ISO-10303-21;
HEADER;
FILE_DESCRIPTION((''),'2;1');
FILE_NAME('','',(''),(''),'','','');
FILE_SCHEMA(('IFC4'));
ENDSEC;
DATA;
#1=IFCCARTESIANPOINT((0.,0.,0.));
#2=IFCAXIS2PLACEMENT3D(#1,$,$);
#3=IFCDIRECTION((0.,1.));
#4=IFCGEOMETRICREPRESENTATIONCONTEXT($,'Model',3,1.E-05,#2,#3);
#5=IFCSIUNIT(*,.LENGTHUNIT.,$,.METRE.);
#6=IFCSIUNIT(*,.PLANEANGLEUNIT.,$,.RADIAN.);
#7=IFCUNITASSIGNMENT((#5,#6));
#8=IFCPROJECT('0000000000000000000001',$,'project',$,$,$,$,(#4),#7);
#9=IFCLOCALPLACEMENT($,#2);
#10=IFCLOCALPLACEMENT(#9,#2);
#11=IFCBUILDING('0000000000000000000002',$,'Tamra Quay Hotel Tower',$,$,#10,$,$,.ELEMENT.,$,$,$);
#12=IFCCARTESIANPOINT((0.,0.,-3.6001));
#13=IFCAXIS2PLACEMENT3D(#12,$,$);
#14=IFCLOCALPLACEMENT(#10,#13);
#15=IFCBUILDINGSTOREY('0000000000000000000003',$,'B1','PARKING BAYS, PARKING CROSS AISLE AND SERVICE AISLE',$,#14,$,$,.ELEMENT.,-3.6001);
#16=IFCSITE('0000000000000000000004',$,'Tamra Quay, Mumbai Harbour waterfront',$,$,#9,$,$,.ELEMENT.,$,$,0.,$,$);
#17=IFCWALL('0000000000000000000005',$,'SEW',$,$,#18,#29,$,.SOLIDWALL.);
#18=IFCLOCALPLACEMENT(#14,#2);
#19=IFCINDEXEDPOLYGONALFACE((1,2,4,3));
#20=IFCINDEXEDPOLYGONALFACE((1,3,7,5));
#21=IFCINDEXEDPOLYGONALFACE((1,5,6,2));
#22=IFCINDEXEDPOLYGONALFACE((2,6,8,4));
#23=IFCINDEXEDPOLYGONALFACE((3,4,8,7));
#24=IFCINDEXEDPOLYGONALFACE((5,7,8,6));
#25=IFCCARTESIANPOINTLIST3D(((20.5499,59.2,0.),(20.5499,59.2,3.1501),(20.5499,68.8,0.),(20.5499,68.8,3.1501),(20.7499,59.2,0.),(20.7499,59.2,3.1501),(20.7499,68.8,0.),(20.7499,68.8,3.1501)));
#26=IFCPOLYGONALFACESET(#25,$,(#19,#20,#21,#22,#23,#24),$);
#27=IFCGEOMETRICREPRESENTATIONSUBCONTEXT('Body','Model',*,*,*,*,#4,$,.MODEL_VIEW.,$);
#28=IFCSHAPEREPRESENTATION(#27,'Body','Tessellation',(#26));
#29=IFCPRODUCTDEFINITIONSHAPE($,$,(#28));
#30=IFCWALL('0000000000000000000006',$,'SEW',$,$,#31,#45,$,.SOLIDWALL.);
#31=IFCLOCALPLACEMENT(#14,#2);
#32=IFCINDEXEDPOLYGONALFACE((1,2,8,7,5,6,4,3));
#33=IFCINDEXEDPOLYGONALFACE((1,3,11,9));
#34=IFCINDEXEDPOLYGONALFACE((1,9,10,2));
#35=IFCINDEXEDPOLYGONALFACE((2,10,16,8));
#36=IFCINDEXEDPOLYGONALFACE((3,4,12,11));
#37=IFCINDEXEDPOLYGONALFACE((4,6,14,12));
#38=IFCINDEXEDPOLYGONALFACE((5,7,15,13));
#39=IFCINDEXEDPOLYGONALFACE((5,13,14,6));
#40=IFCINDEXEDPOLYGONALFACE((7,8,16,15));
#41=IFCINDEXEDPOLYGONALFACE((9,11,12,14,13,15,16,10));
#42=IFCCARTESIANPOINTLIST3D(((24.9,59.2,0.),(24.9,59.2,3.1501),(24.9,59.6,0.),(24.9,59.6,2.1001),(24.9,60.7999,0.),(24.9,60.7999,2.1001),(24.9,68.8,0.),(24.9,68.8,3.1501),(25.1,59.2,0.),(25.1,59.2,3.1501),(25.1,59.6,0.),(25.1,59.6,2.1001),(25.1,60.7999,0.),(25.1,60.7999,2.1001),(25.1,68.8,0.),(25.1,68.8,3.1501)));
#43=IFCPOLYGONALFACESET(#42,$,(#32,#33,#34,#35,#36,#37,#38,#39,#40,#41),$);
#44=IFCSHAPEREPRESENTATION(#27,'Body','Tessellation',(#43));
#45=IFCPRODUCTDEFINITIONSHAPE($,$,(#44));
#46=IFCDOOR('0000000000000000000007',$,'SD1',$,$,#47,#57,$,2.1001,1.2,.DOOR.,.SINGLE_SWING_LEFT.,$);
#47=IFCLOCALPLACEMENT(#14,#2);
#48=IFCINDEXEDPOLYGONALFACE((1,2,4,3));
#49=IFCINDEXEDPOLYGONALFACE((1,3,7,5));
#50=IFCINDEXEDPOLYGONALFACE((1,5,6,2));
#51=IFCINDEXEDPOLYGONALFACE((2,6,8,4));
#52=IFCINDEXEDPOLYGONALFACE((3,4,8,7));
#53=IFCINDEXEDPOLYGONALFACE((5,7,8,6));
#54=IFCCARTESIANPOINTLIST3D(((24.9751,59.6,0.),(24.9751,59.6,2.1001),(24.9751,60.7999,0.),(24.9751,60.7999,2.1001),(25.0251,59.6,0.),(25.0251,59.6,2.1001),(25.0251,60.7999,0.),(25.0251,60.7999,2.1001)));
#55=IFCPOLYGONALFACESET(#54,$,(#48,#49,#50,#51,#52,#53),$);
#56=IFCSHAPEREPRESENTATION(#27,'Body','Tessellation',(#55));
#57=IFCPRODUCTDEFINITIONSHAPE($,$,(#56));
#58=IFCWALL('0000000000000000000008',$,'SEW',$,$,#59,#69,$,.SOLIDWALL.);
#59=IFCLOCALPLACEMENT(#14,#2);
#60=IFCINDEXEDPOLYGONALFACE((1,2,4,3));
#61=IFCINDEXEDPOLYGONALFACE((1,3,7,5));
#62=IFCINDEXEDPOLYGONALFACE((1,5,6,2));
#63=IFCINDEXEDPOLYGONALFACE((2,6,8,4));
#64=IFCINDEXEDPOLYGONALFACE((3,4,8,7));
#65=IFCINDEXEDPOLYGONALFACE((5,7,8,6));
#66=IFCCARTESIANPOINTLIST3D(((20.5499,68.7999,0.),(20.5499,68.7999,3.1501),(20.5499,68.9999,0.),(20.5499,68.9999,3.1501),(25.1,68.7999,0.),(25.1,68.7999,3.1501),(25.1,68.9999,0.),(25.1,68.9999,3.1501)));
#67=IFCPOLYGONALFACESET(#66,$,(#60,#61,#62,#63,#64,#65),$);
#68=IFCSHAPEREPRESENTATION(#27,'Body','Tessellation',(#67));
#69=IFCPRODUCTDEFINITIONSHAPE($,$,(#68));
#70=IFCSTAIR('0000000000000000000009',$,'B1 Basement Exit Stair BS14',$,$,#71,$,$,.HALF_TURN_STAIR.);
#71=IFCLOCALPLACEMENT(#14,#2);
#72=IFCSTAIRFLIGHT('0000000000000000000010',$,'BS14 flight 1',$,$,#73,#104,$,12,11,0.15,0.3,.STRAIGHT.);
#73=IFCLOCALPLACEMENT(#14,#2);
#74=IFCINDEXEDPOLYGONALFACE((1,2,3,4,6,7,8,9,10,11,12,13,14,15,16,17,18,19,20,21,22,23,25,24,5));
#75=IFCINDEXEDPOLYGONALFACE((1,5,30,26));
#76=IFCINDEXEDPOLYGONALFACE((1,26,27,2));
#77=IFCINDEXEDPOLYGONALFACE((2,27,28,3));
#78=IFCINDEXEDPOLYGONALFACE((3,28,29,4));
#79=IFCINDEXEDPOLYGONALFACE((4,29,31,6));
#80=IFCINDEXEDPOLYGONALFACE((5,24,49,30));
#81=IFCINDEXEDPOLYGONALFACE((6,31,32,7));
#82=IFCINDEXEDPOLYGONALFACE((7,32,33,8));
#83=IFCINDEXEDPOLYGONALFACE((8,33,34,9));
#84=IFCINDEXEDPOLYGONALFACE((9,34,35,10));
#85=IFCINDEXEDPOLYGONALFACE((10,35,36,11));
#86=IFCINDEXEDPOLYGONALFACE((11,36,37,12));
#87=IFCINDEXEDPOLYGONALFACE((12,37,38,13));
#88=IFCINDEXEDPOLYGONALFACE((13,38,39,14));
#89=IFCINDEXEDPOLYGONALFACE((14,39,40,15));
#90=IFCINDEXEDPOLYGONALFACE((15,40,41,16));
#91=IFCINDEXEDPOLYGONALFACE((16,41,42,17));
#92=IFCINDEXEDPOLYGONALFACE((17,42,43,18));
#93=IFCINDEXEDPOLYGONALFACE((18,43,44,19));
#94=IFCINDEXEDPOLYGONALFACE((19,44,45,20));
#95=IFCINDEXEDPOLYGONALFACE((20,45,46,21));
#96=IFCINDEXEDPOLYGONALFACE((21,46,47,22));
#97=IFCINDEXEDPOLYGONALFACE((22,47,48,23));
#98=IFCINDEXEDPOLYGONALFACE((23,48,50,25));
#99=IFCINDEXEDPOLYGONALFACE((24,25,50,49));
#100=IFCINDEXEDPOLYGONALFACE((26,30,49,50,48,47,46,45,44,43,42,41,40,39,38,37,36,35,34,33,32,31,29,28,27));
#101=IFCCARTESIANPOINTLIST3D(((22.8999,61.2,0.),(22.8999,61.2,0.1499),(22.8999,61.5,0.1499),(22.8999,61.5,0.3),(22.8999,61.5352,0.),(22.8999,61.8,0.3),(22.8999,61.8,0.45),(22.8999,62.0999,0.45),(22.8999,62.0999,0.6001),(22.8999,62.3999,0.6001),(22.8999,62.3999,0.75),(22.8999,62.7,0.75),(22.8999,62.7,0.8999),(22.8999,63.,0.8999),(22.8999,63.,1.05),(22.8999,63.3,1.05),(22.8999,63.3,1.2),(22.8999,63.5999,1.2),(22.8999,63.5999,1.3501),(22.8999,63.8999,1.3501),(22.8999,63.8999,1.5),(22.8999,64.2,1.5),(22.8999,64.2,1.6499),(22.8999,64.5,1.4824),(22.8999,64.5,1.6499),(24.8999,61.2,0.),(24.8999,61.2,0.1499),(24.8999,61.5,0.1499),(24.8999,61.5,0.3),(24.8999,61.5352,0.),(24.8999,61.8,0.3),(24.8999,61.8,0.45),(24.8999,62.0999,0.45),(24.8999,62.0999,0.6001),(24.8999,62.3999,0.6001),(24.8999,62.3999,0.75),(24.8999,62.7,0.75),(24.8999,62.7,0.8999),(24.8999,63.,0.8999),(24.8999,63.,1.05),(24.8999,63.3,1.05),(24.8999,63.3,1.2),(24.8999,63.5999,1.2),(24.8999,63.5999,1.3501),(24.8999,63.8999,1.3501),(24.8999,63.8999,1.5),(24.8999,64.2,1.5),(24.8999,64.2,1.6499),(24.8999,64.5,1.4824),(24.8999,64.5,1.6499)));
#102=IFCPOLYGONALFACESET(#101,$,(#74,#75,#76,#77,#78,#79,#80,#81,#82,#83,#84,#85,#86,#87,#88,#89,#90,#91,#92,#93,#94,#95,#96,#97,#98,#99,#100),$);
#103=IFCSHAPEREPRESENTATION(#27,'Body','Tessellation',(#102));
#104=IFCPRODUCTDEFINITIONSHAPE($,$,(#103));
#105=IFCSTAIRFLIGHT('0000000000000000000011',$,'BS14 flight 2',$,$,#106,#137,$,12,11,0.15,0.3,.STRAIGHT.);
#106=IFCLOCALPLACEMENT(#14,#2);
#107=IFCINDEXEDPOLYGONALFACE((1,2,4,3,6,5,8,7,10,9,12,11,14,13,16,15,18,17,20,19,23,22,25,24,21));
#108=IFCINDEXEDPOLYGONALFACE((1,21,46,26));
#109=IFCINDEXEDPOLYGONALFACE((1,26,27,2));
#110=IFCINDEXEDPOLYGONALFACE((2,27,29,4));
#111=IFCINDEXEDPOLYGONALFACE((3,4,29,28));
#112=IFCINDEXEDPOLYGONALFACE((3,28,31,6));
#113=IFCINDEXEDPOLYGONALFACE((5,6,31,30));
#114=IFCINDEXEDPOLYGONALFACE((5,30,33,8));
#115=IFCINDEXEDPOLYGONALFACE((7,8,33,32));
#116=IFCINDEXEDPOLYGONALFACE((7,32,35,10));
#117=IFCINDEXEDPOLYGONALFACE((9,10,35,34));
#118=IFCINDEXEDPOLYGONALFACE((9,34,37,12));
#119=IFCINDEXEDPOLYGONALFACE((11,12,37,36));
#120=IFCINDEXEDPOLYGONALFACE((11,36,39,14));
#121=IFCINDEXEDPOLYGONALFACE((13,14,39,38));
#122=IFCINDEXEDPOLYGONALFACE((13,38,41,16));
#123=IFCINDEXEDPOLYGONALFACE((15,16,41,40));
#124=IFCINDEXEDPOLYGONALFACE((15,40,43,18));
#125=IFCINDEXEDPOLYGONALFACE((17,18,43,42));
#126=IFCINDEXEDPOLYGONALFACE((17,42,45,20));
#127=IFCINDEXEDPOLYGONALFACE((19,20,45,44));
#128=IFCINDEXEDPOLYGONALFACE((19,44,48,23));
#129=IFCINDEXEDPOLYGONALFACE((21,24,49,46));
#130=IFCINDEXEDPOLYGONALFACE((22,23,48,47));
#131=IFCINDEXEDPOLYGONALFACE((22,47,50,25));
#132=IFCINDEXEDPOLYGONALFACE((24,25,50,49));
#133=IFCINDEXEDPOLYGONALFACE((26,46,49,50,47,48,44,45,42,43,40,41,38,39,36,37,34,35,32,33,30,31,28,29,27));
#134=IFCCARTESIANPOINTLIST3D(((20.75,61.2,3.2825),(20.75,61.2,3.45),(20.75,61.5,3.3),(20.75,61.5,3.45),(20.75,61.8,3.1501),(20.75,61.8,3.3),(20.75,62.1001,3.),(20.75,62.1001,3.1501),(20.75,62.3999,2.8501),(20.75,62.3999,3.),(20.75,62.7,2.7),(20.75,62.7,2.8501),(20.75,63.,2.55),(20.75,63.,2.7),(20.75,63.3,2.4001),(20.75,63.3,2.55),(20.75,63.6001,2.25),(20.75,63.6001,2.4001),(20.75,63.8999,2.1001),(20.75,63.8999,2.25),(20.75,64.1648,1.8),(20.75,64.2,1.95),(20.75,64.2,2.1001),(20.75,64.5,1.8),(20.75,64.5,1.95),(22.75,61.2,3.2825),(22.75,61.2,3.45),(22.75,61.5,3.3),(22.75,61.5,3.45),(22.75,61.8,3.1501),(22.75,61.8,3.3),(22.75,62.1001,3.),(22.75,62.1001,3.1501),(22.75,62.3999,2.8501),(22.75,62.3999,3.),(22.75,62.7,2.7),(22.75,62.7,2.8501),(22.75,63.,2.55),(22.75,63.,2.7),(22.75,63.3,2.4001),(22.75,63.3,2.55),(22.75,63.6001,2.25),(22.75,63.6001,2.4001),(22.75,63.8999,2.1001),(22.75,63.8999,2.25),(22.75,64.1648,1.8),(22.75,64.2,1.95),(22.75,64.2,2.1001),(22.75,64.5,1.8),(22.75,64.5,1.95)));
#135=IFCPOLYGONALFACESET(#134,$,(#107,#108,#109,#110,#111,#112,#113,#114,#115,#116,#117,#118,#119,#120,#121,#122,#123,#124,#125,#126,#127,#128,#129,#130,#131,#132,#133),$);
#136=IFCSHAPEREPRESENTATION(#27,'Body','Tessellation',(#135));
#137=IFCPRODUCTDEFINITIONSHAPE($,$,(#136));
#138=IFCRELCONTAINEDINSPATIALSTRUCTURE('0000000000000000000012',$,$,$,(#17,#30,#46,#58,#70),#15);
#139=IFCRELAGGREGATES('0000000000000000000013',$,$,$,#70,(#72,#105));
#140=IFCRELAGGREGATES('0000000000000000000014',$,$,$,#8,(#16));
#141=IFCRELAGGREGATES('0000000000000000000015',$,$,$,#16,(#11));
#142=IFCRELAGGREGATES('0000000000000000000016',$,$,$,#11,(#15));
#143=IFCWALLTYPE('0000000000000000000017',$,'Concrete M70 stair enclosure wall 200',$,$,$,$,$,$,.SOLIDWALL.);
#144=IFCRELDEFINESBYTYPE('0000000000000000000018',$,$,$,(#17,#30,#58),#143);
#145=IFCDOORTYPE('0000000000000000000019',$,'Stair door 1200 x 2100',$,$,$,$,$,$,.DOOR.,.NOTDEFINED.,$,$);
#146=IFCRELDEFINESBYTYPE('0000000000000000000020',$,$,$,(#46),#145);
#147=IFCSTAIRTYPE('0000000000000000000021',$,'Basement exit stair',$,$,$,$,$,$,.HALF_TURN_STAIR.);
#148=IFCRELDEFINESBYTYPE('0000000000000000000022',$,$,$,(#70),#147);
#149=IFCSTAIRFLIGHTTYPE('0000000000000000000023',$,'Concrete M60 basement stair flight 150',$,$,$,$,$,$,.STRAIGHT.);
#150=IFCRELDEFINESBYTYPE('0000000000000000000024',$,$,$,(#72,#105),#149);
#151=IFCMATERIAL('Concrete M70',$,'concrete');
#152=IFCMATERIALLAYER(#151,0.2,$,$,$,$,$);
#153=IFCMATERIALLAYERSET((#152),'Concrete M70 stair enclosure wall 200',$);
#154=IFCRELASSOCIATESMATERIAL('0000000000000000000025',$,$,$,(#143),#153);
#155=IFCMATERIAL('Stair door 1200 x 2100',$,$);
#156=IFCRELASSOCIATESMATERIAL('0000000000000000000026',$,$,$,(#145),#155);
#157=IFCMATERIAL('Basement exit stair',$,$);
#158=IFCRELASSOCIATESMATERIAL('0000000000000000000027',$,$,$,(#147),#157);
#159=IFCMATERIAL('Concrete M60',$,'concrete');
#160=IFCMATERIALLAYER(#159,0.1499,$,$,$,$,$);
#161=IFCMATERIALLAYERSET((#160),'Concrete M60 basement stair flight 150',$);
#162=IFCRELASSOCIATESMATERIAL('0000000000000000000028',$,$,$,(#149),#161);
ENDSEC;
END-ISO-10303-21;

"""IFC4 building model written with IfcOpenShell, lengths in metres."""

from ifc_helpers import new_model, si_unit, direction, frame, frame_2d, origin, place, context, subcontext, project, spatial, polyline, rectangle, outline, extrude, material, layer, layer_set, type_object, element, fill, aggregate, save


model = new_model("IFC4")

# Units and contexts
model_context = context("Model", 3, precision=1e-05, world=origin(), true_north=direction((0.0, 1.0)))
body_context = subcontext(model_context, "Body", "Model", "MODEL_VIEW")
ifc_project = project(units=[si_unit("LENGTHUNIT", "METRE"), si_unit("PLANEANGLEUNIT", "RADIAN")], contexts=[model_context])

# Site, building, storey
site_placement = place(None, origin())
site = spatial("IfcSite", under=ifc_project, at=site_placement, Name="Tamra Quay, Mumbai Harbour waterfront", CompositionType="ELEMENT", RefElevation=0.0)
building_placement = place(site_placement, origin())
building = spatial("IfcBuilding", under=site, at=building_placement, Name="Tamra Quay Hotel Tower", CompositionType="ELEMENT")
storey_placement = place(building_placement, frame((0.0, 0.0, -3.6001)))
storey = spatial("IfcBuildingStorey", under=building, at=storey_placement, Name="B1", Description="PARKING BAYS, PARKING CROSS AISLE AND SERVICE AISLE", CompositionType="ELEMENT", Elevation=-3.6001)

# Shared definitions
ifc_material_1 = material(Name="Concrete M70", Category="concrete")

# Wall
ifc_layer_1 = layer(ifc_material_1, 0.2)
ifc_layer_set_1 = layer_set([ifc_layer_1], Name="Concrete M70 stair enclosure wall 200")
wall_type_1 = type_object("IfcWallType", Name="Concrete M70 stair enclosure wall 200", PredefinedType="SOLIDWALL", material=ifc_layer_set_1)
wall_1_placement = place(storey_placement, frame((20.6499, 59.2, 0.0), z_axis=(0.0, 0.0, 1.0), x_axis=(0.0, 1.0, 0.0)))
element("IfcWall", 1, at=wall_1_placement, inside=storey, type_object=wall_type_1, Name="SEW", PredefinedType="SOLIDWALL", context=body_context, shape_type="SweptSolid", body=[
    extrude(rectangle(XDim=9.6001, YDim=0.2, at=frame_2d((4.8, 0.0))), origin(), (0.0, 0.0, 1.0), 3.1501),
])

# Wall, opening, door
wall_2_placement = place(storey_placement, frame((25.0, 59.2, 0.0), z_axis=(0.0, 0.0, 1.0), x_axis=(0.0, 1.0, 0.0)))
wall_2 = element("IfcWall", 2, at=wall_2_placement, inside=storey, type_object=wall_type_1, Name="SEW", PredefinedType="SOLIDWALL", context=body_context, shape_type="SweptSolid", body=[
    extrude(rectangle(XDim=9.6001, YDim=0.2, at=frame_2d((4.8, 0.0))), origin(), (0.0, 0.0, 1.0), 3.1501),
])
opening_1_placement = place(wall_2_placement, frame((0.3999, 0.0, 0.0)))
opening_1 = element("IfcOpeningElement", 3, at=opening_1_placement, cuts=wall_2, PredefinedType="OPENING", context=body_context, shape_type="SweptSolid", body=[
    extrude(rectangle(XDim=1.2, YDim=2.1001, at=frame_2d((0.6001, 1.05))), frame((0.0, 0.1099, 0.0), z_axis=(0.0, -1.0, 0.0), x_axis=(1.0, 0.0, 0.0)), (0.0, 0.0, 1.0), 0.22),
])
ifc_material_2 = material(Name="Stair door 1200 x 2100")
door_type_1 = type_object("IfcDoorType", Name="Stair door 1200 x 2100", OperationType="NOTDEFINED", PredefinedType="DOOR", material=ifc_material_2)
door_1_placement = place(opening_1_placement, origin())
door_1 = element("IfcDoor", 4, at=door_1_placement, inside=storey, type_object=door_type_1, Name="SD1", OperationType="SINGLE_SWING_LEFT", OverallHeight=2.1001, OverallWidth=1.2, PredefinedType="DOOR", context=body_context, shape_type="SweptSolid", body=[
    extrude(rectangle(XDim=1.2, YDim=2.1001, at=frame_2d((0.6001, 1.05))), frame((0.0, 0.0249, 0.0), z_axis=(0.0, -1.0, 0.0), x_axis=(1.0, 0.0, 0.0)), (0.0, 0.0, 1.0), 0.05),
])
fill(opening_1, door_1)

# Wall
wall_3_placement = place(storey_placement, frame((20.55, 68.8999, 0.0), z_axis=(0.0, 0.0, 1.0), x_axis=(1.0, 0.0, 0.0)))
element("IfcWall", 5, at=wall_3_placement, inside=storey, type_object=wall_type_1, Name="SEW", PredefinedType="SOLIDWALL", context=body_context, shape_type="SweptSolid", body=[
    extrude(rectangle(XDim=4.55, YDim=0.2, at=frame_2d((2.2749, 0.0))), origin(), (0.0, 0.0, 1.0), 3.1501),
])

# Stair, stair flights
ifc_material_3 = material(Name="Basement exit stair")
stair_type = type_object("IfcStairType", Name="Basement exit stair", PredefinedType="HALF_TURN_STAIR", material=ifc_material_3)
stair_placement = place(storey_placement, origin())
stair = element("IfcStair", 6, at=stair_placement, inside=storey, type_object=stair_type, Name="B1 Basement Exit Stair BS14", PredefinedType="HALF_TURN_STAIR")
ifc_material_4 = material(Name="Concrete M60", Category="concrete")
ifc_layer_2 = layer(ifc_material_4, 0.1499)
ifc_layer_set_2 = layer_set([ifc_layer_2], Name="Concrete M60 basement stair flight 150")
stair_flight_type = type_object("IfcStairFlightType", Name="Concrete M60 basement stair flight 150", PredefinedType="STRAIGHT", material=ifc_layer_set_2)
stair_flight_1_placement = place(storey_placement, frame((23.8999, 61.2, 0.0), z_axis=(0.0, 0.0, 1.0), x_axis=(0.0, 1.0, 0.0)))
stair_flight_1 = element("IfcStairFlight", 7, at=stair_flight_1_placement, type_object=stair_flight_type, Name="BS14 flight 1", NumberOfRisers=12, NumberOfTreads=11, PredefinedType="STRAIGHT", RiserHeight=0.15, TreadLength=0.3, context=body_context, shape_type="SweptSolid", body=[
    extrude(outline(polyline([(0.0, 0.0), (0.0, 0.1499), (0.3, 0.1499), (0.3, 0.3), (0.6001, 0.3), (0.6001, 0.45), (0.8999, 0.45), (0.8999, 0.6001), (1.2, 0.6001), (1.2, 0.75), (1.5, 0.75), (1.5, 0.8999), (1.8, 0.8999), (1.8, 1.05), (2.1001, 1.05), (2.1001, 1.2), (2.3999, 1.2), (2.3999, 1.3501), (2.7, 1.3501), (2.7, 1.5), (3.0, 1.5), (3.0, 1.6499), (3.3, 1.6499), (3.3, 1.8), (3.3, 1.4824), (0.3352, 0.0), (0.0, 0.0)])), frame((0.0, 1.0, 0.0), z_axis=(0.0, -1.0, 0.0), x_axis=(1.0, 0.0, 0.0)), (0.0, 0.0, 1.0), 2.0),
])
stair_flight_2_placement = place(storey_placement, frame((21.75, 64.5, 1.8), z_axis=(0.0, 0.0, 1.0), x_axis=(0.0, -1.0, 0.0)))
stair_flight_2 = element("IfcStairFlight", 8, at=stair_flight_2_placement, type_object=stair_flight_type, Name="BS14 flight 2", NumberOfRisers=12, NumberOfTreads=11, PredefinedType="STRAIGHT", RiserHeight=0.15, TreadLength=0.3, context=body_context, shape_type="SweptSolid", body=[
    extrude(outline(polyline([(0.0, 0.0), (0.0, 0.1499), (0.3, 0.1499), (0.3, 0.3), (0.6001, 0.3), (0.6001, 0.45), (0.8999, 0.45), (0.8999, 0.6001), (1.2, 0.6001), (1.2, 0.75), (1.5, 0.75), (1.5, 0.8999), (1.8, 0.8999), (1.8, 1.05), (2.1001, 1.05), (2.1001, 1.2), (2.3999, 1.2), (2.3999, 1.3501), (2.7, 1.3501), (2.7, 1.5), (3.0, 1.5), (3.0, 1.6499), (3.3, 1.6499), (3.3, 1.8), (3.3, 1.4824), (0.3352, 0.0), (0.0, 0.0)])), frame((0.0, 1.0, 0.0), z_axis=(0.0, -1.0, 0.0), x_axis=(1.0, 0.0, 0.0)), (0.0, 0.0, 1.0), 2.0),
])
aggregate(stair, [stair_flight_1, stair_flight_2])

save(model, "model.ifc")
